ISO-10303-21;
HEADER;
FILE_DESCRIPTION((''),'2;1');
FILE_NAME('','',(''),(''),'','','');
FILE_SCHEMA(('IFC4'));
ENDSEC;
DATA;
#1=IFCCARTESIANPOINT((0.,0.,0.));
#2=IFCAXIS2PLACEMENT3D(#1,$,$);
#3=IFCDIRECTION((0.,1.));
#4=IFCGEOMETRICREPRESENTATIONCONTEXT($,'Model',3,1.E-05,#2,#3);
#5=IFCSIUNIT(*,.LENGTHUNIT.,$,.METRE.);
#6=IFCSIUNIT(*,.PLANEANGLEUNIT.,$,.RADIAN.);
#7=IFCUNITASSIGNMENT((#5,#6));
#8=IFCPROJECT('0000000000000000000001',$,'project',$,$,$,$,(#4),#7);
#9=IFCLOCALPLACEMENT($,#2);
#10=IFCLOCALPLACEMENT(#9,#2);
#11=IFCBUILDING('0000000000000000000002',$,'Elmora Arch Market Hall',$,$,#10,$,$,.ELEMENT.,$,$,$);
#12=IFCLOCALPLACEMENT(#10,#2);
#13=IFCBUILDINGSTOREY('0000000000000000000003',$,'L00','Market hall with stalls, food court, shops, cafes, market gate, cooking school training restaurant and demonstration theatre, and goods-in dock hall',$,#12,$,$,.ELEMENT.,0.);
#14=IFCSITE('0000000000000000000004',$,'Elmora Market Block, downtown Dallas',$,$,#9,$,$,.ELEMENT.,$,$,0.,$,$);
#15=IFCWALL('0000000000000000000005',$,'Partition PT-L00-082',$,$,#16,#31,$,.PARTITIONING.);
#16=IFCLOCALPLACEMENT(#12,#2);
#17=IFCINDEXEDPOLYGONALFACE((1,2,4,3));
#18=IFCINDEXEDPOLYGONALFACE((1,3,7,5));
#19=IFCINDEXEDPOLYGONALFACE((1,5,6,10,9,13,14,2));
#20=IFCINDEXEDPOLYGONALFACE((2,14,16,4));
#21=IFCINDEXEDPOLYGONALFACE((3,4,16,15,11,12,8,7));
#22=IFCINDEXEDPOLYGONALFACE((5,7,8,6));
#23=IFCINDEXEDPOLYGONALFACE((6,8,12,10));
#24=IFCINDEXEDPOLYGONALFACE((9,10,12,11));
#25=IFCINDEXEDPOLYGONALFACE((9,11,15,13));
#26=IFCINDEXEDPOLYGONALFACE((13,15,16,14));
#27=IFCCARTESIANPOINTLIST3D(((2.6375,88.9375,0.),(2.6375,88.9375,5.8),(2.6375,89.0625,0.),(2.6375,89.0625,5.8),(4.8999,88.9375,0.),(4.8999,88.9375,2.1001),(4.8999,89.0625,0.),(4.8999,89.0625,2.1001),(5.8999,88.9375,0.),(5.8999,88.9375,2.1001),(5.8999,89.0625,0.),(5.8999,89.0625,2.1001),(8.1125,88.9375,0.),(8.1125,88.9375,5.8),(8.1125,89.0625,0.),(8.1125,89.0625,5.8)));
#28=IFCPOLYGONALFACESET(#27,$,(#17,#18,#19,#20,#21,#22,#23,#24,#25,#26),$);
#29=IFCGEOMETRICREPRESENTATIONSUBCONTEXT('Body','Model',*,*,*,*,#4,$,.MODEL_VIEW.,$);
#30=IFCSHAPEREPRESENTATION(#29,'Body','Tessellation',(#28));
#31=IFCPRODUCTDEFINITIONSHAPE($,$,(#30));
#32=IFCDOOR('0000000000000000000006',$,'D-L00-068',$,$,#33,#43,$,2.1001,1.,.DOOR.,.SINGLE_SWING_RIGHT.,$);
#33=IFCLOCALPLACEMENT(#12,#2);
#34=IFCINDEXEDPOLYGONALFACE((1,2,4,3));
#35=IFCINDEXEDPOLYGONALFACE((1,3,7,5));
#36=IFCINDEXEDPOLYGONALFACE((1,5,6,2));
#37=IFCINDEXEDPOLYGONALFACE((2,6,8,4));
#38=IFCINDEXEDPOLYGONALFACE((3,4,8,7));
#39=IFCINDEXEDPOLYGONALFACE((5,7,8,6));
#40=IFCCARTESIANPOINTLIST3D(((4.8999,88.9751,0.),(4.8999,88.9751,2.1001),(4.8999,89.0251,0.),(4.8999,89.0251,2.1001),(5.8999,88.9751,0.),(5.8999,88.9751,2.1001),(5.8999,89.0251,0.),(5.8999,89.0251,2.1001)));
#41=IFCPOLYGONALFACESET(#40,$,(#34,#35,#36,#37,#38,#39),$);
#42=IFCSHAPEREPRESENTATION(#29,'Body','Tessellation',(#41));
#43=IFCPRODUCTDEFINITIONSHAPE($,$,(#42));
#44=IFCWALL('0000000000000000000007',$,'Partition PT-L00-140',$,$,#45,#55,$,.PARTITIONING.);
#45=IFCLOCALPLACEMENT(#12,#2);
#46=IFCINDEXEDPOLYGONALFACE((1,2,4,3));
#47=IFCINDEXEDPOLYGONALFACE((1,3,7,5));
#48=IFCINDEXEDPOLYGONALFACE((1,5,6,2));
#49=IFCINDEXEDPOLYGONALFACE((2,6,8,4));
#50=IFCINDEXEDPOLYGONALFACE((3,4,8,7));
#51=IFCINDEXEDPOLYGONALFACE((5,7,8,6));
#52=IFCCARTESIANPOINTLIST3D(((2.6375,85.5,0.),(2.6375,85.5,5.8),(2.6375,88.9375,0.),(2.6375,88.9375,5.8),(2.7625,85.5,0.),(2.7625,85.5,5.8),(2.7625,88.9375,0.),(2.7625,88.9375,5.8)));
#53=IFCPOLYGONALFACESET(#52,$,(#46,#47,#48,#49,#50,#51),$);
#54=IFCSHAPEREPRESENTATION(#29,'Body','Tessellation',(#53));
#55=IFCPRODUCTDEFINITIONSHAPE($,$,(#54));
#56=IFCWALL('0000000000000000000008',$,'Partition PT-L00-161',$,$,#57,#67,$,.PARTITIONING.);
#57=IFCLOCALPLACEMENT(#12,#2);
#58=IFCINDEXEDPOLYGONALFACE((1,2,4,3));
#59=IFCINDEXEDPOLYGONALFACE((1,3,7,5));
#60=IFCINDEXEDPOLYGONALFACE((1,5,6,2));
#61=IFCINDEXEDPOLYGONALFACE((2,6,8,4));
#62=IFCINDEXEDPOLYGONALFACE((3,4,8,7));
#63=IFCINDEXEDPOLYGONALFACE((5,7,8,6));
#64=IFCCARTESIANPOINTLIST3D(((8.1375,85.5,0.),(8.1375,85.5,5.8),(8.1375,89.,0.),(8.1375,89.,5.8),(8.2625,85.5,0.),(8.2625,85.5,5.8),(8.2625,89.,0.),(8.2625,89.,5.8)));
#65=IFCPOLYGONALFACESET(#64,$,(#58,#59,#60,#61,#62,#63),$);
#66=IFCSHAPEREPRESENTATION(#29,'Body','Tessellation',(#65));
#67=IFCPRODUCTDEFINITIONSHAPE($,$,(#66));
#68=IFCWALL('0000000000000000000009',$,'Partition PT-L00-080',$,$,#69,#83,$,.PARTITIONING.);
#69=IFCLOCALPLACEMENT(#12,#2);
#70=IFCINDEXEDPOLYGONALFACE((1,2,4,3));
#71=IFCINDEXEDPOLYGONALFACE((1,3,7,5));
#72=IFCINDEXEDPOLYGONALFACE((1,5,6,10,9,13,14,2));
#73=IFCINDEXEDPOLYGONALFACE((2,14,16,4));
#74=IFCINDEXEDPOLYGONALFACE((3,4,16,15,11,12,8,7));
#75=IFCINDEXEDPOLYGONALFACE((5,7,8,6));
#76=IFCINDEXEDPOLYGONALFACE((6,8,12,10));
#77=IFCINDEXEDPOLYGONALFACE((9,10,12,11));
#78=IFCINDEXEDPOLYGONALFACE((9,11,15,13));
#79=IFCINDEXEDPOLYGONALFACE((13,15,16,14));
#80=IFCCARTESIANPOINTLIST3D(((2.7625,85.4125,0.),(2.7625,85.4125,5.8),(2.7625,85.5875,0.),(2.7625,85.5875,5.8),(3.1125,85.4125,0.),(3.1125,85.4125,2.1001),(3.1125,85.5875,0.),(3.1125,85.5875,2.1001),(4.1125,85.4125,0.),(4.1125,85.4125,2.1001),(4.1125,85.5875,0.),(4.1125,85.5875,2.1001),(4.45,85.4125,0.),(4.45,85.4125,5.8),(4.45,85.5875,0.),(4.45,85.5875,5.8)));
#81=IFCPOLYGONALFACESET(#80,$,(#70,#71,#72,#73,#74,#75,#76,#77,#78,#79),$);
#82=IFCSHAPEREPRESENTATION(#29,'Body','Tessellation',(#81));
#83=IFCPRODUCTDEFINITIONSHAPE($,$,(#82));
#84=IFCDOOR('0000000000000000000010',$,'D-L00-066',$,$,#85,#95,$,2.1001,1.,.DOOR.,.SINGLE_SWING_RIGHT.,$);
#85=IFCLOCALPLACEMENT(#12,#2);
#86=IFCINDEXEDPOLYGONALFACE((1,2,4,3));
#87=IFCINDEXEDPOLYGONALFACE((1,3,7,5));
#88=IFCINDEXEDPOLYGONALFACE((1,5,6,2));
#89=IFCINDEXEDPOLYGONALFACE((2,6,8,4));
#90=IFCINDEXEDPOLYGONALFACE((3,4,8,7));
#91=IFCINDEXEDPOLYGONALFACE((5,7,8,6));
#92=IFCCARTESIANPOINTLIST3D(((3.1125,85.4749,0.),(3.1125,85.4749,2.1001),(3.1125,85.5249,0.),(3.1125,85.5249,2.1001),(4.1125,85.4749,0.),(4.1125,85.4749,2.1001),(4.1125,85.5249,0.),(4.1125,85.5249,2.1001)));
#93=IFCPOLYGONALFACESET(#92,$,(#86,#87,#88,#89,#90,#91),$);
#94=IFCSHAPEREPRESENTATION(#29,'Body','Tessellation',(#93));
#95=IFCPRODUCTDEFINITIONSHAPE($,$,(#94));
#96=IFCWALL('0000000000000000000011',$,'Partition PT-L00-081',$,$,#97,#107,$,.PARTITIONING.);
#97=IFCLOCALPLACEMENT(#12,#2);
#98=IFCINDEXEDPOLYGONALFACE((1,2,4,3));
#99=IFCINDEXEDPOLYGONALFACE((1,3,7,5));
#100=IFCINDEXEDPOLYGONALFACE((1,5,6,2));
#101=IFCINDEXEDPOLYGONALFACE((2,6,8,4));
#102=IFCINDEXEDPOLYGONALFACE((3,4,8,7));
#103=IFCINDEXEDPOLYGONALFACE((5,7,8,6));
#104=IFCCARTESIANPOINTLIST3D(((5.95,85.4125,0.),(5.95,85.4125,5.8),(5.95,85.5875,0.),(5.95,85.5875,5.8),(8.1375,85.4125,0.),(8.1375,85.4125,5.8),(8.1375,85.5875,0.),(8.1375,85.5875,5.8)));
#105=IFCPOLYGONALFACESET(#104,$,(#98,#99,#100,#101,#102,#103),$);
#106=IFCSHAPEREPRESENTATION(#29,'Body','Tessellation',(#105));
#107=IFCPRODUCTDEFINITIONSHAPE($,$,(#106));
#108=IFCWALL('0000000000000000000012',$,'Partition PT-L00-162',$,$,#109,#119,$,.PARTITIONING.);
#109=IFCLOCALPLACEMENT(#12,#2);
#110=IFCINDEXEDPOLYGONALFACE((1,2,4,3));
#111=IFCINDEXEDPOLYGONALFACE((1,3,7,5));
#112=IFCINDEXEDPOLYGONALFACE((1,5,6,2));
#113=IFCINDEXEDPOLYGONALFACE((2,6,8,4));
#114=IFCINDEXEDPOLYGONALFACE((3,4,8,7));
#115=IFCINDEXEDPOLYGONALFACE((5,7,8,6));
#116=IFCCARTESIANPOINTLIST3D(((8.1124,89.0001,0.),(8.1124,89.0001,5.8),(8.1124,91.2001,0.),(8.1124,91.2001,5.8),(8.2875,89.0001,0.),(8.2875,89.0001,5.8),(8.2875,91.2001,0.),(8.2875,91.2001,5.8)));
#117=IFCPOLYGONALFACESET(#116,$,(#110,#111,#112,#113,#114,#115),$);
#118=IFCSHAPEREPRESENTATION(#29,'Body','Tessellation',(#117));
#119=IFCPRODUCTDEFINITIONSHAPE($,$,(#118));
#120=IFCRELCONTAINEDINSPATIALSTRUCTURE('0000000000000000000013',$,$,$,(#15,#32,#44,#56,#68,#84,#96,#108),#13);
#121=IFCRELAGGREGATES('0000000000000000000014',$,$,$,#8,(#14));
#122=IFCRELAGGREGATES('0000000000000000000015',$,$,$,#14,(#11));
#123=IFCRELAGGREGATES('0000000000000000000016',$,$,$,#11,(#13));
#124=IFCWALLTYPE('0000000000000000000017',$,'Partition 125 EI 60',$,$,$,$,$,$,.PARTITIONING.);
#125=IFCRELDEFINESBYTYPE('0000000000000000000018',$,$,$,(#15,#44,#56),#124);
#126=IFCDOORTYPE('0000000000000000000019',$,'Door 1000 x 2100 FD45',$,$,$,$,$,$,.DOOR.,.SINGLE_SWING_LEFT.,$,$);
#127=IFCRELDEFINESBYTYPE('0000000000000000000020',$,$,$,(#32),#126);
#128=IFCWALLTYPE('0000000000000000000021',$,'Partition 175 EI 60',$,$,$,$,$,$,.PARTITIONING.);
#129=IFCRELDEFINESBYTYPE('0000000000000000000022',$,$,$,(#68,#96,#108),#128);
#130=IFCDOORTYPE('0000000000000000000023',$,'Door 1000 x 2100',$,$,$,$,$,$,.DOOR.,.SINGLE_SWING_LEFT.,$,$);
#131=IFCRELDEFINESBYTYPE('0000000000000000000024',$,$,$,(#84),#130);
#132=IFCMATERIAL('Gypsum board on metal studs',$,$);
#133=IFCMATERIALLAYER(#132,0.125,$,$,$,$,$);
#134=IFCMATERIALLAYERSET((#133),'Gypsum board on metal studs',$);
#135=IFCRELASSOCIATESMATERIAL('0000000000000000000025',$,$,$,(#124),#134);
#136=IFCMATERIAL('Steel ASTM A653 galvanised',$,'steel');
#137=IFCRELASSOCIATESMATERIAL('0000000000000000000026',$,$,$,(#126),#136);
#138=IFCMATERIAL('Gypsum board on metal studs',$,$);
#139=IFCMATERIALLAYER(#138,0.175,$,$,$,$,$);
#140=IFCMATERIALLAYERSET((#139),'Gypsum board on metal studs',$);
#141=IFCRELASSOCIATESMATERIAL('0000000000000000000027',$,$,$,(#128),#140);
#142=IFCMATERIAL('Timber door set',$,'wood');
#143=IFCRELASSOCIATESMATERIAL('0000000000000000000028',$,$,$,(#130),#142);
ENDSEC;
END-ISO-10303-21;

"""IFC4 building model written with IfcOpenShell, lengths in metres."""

from ifc_helpers import new_model, si_unit, direction, frame, frame_2d, origin, place, context, subcontext, project, spatial, rectangle, extrude, material, layer, layer_set, type_object, element, fill, save


model = new_model("IFC4")

# Units and contexts
model_context = context("Model", 3, precision=1e-05, world=origin(), true_north=direction((0.0, 1.0)))
body_context = subcontext(model_context, "Body", "Model", "MODEL_VIEW")
ifc_project = project(units=[si_unit("LENGTHUNIT", "METRE"), si_unit("PLANEANGLEUNIT", "RADIAN")], contexts=[model_context])

# Site, building, storey
site_placement = place(None, origin())
site = spatial("IfcSite", under=ifc_project, at=site_placement, Name="Elmora Market Block, downtown Dallas", CompositionType="ELEMENT", RefElevation=0.0)
building_placement = place(site_placement, origin())
building = spatial("IfcBuilding", under=site, at=building_placement, Name="Elmora Arch Market Hall", CompositionType="ELEMENT")
storey_placement = place(building_placement, origin())
storey = spatial("IfcBuildingStorey", under=building, at=storey_placement, Name="L00", Description="Market hall with stalls, food court, shops, cafes, market gate, cooking school training restaurant and demonstration theatre, and goods-in dock hall", CompositionType="ELEMENT", Elevation=0.0)

# Wall, opening, door
ifc_material_1 = material(Name="Gypsum board on metal studs")
ifc_layer_1 = layer(ifc_material_1, 0.125)
ifc_layer_set_1 = layer_set([ifc_layer_1], Name="Gypsum board on metal studs")
wall_type_1 = type_object("IfcWallType", Name="Partition 125 EI 60", PredefinedType="PARTITIONING", material=ifc_layer_set_1)
wall_1_placement = place(storey_placement, frame((2.6375, 89.0, 0.0), z_axis=(0.0, 0.0, 1.0), x_axis=(1.0, 0.0, 0.0)))
wall_1 = element("IfcWall", 1, at=wall_1_placement, inside=storey, type_object=wall_type_1, Name="Partition PT-L00-082", PredefinedType="PARTITIONING", context=body_context, shape_type="SweptSolid", body=[
    extrude(rectangle(XDim=5.4751, YDim=0.125, at=frame_2d((2.7375, 0.0))), origin(), (0.0, 0.0, 1.0), 5.8),
])
opening_1_placement = place(wall_1_placement, frame((2.2625, 0.0, 0.0)))
opening_1 = element("IfcOpeningElement", 2, at=opening_1_placement, cuts=wall_1, PredefinedType="OPENING", context=body_context, shape_type="SweptSolid", body=[
    extrude(rectangle(XDim=1.0, YDim=2.1001, at=frame_2d((0.5, 1.05))), frame((0.0, 0.0725, 0.0), z_axis=(0.0, -1.0, 0.0), x_axis=(1.0, 0.0, 0.0)), (0.0, 0.0, 1.0), 0.145),
])
ifc_material_2 = material(Name="Steel ASTM A653 galvanised", Category="steel")
door_type_1 = type_object("IfcDoorType", Name="Door 1000 x 2100 FD45", OperationType="SINGLE_SWING_LEFT", PredefinedType="DOOR", material=ifc_material_2)
door_1_placement = place(opening_1_placement, frame((1.0, 0.0, 0.0), z_axis=(0.0, 0.0, 1.0), x_axis=(-1.0, 0.0, 0.0)))
door_1 = element("IfcDoor", 3, at=door_1_placement, inside=storey, type_object=door_type_1, Name="D-L00-068", OperationType="SINGLE_SWING_RIGHT", OverallHeight=2.1001, OverallWidth=1.0, PredefinedType="DOOR", context=body_context, shape_type="SweptSolid", body=[
    extrude(rectangle(XDim=1.0, YDim=2.1001, at=frame_2d((0.5, 1.05))), frame((0.0, 0.0249, 0.0), z_axis=(0.0, -1.0, 0.0), x_axis=(1.0, 0.0, 0.0)), (0.0, 0.0, 1.0), 0.05),
])
fill(opening_1, door_1)

# Walls
wall_2_placement = place(storey_placement, frame((2.7, 85.5, 0.0), z_axis=(0.0, 0.0, 1.0), x_axis=(0.0, 1.0, 0.0)))
element("IfcWall", 4, at=wall_2_placement, inside=storey, type_object=wall_type_1, Name="Partition PT-L00-140", PredefinedType="PARTITIONING", context=body_context, shape_type="SweptSolid", body=[
    extrude(rectangle(XDim=3.4375, YDim=0.125, at=frame_2d((1.7188, 0.0))), origin(), (0.0, 0.0, 1.0), 5.8),
])
wall_3_placement = place(storey_placement, frame((8.2, 85.5, 0.0), z_axis=(0.0, 0.0, 1.0), x_axis=(0.0, 1.0, 0.0)))
element("IfcWall", 5, at=wall_3_placement, inside=storey, type_object=wall_type_1, Name="Partition PT-L00-161", PredefinedType="PARTITIONING", context=body_context, shape_type="SweptSolid", body=[
    extrude(rectangle(XDim=3.5, YDim=0.125, at=frame_2d((1.75, 0.0))), origin(), (0.0, 0.0, 1.0), 5.8),
])

# Wall, opening, door
ifc_material_3 = material(Name="Gypsum board on metal studs")
ifc_layer_2 = layer(ifc_material_3, 0.175)
ifc_layer_set_2 = layer_set([ifc_layer_2], Name="Gypsum board on metal studs")
wall_type_2 = type_object("IfcWallType", Name="Partition 175 EI 60", PredefinedType="PARTITIONING", material=ifc_layer_set_2)
wall_4_placement = place(storey_placement, frame((2.7625, 85.5, 0.0), z_axis=(0.0, 0.0, 1.0), x_axis=(1.0, 0.0, 0.0)))
wall_4 = element("IfcWall", 6, at=wall_4_placement, inside=storey, type_object=wall_type_2, Name="Partition PT-L00-080", PredefinedType="PARTITIONING", context=body_context, shape_type="SweptSolid", body=[
    extrude(rectangle(XDim=1.6875, YDim=0.175, at=frame_2d((0.8438, 0.0))), origin(), (0.0, 0.0, 1.0), 5.8),
])
opening_2_placement = place(wall_4_placement, frame((0.3501, 0.0, 0.0)))
opening_2 = element("IfcOpeningElement", 7, at=opening_2_placement, cuts=wall_4, PredefinedType="OPENING", context=body_context, shape_type="SweptSolid", body=[
    extrude(rectangle(XDim=1.0, YDim=2.1001, at=frame_2d((0.5, 1.05))), frame((0.0, 0.0974, 0.0), z_axis=(0.0, -1.0, 0.0), x_axis=(1.0, 0.0, 0.0)), (0.0, 0.0, 1.0), 0.1951),
])
ifc_material_4 = material(Name="Timber door set", Category="wood")
door_type_2 = type_object("IfcDoorType", Name="Door 1000 x 2100", OperationType="SINGLE_SWING_LEFT", PredefinedType="DOOR", material=ifc_material_4)
door_2_placement = place(opening_2_placement, origin())
door_2 = element("IfcDoor", 8, at=door_2_placement, inside=storey, type_object=door_type_2, Name="D-L00-066", OperationType="SINGLE_SWING_RIGHT", OverallHeight=2.1001, OverallWidth=1.0, PredefinedType="DOOR", context=body_context, shape_type="SweptSolid", body=[
    extrude(rectangle(XDim=1.0, YDim=2.1001, at=frame_2d((0.5, 1.05))), frame((0.0, 0.0249, 0.0), z_axis=(0.0, -1.0, 0.0), x_axis=(1.0, 0.0, 0.0)), (0.0, 0.0, 1.0), 0.05),
])
fill(opening_2, door_2)

# Walls
wall_5_placement = place(storey_placement, frame((5.95, 85.5, 0.0), z_axis=(0.0, 0.0, 1.0), x_axis=(1.0, 0.0, 0.0)))
element("IfcWall", 9, at=wall_5_placement, inside=storey, type_object=wall_type_2, Name="Partition PT-L00-081", PredefinedType="PARTITIONING", context=body_context, shape_type="SweptSolid", body=[
    extrude(rectangle(XDim=2.1875, YDim=0.175, at=frame_2d((1.0938, 0.0))), origin(), (0.0, 0.0, 1.0), 5.8),
])
wall_6_placement = place(storey_placement, frame((8.2, 89.0, 0.0), z_axis=(0.0, 0.0, 1.0), x_axis=(0.0, 1.0, 0.0)))
element("IfcWall", 10, at=wall_6_placement, inside=storey, type_object=wall_type_2, Name="Partition PT-L00-162", PredefinedType="PARTITIONING", context=body_context, shape_type="SweptSolid", body=[
    extrude(rectangle(XDim=2.2, YDim=0.175, at=frame_2d((1.1001, 0.0))), origin(), (0.0, 0.0, 1.0), 5.8),
])

save(model, "model.ifc")
